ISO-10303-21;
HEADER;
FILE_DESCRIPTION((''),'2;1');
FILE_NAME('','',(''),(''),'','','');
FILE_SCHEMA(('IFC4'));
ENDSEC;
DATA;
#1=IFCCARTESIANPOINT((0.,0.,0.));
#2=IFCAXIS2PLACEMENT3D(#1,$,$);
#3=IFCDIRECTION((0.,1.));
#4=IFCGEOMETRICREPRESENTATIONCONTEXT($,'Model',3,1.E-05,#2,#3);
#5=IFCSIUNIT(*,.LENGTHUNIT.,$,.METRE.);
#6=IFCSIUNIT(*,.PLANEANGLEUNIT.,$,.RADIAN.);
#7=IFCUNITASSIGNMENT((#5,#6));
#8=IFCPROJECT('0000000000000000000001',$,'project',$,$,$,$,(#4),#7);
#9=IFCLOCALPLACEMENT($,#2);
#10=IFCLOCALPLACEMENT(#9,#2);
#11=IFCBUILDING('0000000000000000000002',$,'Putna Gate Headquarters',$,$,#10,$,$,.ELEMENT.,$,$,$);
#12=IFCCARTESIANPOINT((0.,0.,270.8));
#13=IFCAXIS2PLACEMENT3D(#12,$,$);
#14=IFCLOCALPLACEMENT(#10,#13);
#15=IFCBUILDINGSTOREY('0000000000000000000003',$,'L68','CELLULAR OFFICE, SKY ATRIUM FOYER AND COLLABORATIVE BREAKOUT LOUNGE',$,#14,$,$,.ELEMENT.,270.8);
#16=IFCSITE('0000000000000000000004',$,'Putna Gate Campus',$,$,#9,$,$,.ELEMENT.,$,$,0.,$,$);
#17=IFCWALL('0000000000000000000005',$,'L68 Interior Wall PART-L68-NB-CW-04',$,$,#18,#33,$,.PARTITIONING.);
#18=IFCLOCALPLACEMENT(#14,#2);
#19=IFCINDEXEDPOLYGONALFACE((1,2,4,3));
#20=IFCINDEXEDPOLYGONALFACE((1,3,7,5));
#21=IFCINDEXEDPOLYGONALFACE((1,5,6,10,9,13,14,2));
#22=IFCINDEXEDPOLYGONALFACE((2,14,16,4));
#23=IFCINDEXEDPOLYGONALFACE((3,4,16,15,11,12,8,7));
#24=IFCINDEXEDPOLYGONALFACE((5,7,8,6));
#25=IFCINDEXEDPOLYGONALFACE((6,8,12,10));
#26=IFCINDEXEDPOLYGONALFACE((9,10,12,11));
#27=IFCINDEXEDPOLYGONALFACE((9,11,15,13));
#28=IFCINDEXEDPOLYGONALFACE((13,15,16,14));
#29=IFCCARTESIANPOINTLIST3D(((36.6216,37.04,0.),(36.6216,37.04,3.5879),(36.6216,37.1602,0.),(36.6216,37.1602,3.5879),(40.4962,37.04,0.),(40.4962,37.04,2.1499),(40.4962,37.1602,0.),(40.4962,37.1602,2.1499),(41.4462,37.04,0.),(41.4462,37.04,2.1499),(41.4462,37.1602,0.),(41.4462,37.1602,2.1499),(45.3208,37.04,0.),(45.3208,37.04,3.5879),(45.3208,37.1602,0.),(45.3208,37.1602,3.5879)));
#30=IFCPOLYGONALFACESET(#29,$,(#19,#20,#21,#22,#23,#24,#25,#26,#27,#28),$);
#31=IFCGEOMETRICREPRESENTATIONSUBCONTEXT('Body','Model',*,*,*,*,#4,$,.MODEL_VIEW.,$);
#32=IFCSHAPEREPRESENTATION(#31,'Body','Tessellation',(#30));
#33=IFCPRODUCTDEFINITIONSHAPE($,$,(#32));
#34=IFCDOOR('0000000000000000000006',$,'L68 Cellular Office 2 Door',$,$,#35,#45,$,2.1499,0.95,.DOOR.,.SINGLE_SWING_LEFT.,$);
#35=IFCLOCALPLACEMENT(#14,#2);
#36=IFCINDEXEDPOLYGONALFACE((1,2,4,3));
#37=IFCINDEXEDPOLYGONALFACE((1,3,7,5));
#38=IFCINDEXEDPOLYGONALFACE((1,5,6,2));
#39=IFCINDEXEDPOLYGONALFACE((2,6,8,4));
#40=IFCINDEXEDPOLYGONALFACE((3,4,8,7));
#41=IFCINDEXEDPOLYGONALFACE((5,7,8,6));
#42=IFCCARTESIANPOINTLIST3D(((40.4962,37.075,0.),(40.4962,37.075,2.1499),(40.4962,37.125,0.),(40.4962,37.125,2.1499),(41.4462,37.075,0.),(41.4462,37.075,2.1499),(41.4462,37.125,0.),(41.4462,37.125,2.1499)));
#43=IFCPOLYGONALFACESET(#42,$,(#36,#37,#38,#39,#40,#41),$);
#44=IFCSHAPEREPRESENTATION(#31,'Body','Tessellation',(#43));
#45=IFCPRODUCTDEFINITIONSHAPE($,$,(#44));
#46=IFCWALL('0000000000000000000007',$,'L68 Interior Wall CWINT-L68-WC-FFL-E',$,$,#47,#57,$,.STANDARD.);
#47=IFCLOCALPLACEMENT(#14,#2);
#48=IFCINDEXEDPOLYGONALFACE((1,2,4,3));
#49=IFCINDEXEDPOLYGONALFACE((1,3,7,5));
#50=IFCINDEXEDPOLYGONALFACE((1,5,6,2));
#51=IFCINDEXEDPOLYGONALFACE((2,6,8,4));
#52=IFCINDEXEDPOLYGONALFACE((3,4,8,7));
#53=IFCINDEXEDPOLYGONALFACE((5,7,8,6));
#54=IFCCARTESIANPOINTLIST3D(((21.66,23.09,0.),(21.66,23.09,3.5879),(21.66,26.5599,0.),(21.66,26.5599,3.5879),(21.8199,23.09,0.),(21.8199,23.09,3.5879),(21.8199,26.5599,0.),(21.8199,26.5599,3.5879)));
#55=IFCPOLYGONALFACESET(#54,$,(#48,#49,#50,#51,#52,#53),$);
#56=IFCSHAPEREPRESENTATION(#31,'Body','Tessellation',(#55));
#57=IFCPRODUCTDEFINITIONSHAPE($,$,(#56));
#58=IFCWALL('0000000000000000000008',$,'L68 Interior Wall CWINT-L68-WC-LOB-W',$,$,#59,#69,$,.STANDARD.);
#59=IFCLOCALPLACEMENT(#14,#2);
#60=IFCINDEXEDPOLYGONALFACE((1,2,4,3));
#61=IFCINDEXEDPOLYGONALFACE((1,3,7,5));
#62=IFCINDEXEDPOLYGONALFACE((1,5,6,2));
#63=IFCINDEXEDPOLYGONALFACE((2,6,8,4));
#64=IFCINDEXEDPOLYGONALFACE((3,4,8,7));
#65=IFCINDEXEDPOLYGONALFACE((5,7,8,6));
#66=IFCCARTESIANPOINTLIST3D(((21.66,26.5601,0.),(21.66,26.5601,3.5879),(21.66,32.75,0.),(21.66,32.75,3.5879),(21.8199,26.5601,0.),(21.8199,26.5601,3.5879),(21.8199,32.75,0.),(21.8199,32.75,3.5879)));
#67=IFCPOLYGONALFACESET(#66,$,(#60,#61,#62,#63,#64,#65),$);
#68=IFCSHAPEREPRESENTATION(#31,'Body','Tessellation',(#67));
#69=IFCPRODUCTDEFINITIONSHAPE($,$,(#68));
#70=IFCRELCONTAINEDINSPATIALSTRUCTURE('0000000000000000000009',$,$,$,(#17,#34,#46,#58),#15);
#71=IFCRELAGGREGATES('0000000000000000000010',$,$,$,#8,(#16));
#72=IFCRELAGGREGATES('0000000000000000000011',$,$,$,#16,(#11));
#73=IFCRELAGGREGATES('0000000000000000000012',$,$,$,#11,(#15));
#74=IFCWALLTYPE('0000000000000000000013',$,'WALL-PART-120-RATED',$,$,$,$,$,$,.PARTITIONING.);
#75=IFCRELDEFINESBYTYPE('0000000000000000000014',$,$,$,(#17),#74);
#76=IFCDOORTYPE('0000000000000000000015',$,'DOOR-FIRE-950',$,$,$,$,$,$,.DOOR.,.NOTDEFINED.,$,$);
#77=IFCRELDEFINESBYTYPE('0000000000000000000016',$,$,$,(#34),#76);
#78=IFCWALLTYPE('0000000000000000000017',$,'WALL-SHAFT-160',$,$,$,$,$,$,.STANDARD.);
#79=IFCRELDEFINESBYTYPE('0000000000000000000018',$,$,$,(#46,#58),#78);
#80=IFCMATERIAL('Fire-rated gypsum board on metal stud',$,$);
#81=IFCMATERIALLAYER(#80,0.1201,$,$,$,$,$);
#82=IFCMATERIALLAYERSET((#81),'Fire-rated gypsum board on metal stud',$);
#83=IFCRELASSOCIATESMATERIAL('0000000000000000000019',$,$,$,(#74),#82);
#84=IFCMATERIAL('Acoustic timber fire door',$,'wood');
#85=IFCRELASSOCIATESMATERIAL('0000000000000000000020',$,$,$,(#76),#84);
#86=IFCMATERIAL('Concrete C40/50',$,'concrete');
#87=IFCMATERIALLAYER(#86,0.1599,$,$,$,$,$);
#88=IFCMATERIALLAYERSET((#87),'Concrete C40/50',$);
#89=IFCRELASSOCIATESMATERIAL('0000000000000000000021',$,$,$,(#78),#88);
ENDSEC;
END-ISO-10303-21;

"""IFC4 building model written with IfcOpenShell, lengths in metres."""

from ifc_helpers import new_model, si_unit, direction, frame, frame_2d, origin, place, context, subcontext, project, spatial, rectangle, extrude, material, layer, layer_set, type_object, element, fill, save


model = new_model("IFC4")

# Units and contexts
model_context = context("Model", 3, precision=1e-05, world=origin(), true_north=direction((0.0, 1.0)))
body_context = subcontext(model_context, "Body", "Model", "MODEL_VIEW")
ifc_project = project(units=[si_unit("LENGTHUNIT", "METRE"), si_unit("PLANEANGLEUNIT", "RADIAN")], contexts=[model_context])

# Site, building, storey
site_placement = place(None, origin())
site = spatial("IfcSite", under=ifc_project, at=site_placement, Name="Putna Gate Campus", CompositionType="ELEMENT", RefElevation=0.0)
building_placement = place(site_placement, origin())
building = spatial("IfcBuilding", under=site, at=building_placement, Name="Putna Gate Headquarters", CompositionType="ELEMENT")
storey_placement = place(building_placement, frame((0.0, 0.0, 270.8)))
storey = spatial("IfcBuildingStorey", under=building, at=storey_placement, Name="L68", Description="CELLULAR OFFICE, SKY ATRIUM FOYER AND COLLABORATIVE BREAKOUT LOUNGE", CompositionType="ELEMENT", Elevation=270.8)

# Shared definitions
ifc_material_1 = material(Name="Fire-rated gypsum board on metal stud")
ifc_layer_1 = layer(ifc_material_1, 0.1201)
ifc_layer_set_1 = layer_set([ifc_layer_1], Name="Fire-rated gypsum board on metal stud")
wall_type_1 = type_object("IfcWallType", Name="WALL-PART-120-RATED", PredefinedType="PARTITIONING", material=ifc_layer_set_1)

# Wall, opening, door
ifc_material_2 = material(Name="Acoustic timber fire door", Category="wood")
door_type = type_object("IfcDoorType", Name="DOOR-FIRE-950", OperationType="NOTDEFINED", PredefinedType="DOOR", material=ifc_material_2)
wall_1_placement = place(storey_placement, frame((36.6216, 37.1001, 0.0), z_axis=(0.0, 0.0, 1.0), x_axis=(1.0, 0.0, 0.0)))
wall_1 = element("IfcWall", 1, at=wall_1_placement, inside=storey, type_object=wall_type_1, Name="L68 Interior Wall PART-L68-NB-CW-04", PredefinedType="PARTITIONING", context=body_context, shape_type="SweptSolid", body=[
    extrude(rectangle(XDim=8.6992, YDim=0.1201, at=frame_2d((4.3496, 0.0))), origin(), (0.0, 0.0, 1.0), 3.5879),
])
opening_1_placement = place(wall_1_placement, frame((3.8745, 0.0, 0.0)))
opening_1 = element("IfcOpeningElement", 2, at=opening_1_placement, cuts=wall_1, PredefinedType="OPENING", context=body_context, shape_type="SweptSolid", body=[
    extrude(rectangle(XDim=0.95, YDim=2.1499, at=frame_2d((0.4751, 1.075))), frame((0.0, 0.0701, 0.0), z_axis=(0.0, -1.0, 0.0), x_axis=(1.0, 0.0, 0.0)), (0.0, 0.0, 1.0), 0.1401),
])
door_1_placement = place(opening_1_placement, origin())
door_1 = element("IfcDoor", 3, at=door_1_placement, inside=storey, type_object=door_type, Name="L68 Cellular Office 2 Door", OperationType="SINGLE_SWING_LEFT", OverallHeight=2.1499, OverallWidth=0.95, PredefinedType="DOOR", context=body_context, shape_type="SweptSolid", body=[
    extrude(rectangle(XDim=0.95, YDim=2.1499, at=frame_2d((0.4751, 1.075))), frame((0.0, 0.0249, 0.0), z_axis=(0.0, -1.0, 0.0), x_axis=(1.0, 0.0, 0.0)), (0.0, 0.0, 1.0), 0.05),
])
fill(opening_1, door_1)

# Walls
ifc_material_3 = material(Name="Concrete C40/50", Category="concrete")
ifc_layer_2 = layer(ifc_material_3, 0.1599)
ifc_layer_set_2 = layer_set([ifc_layer_2], Name="Concrete C40/50")
wall_type_2 = type_object("IfcWallType", Name="WALL-SHAFT-160", PredefinedType="STANDARD", material=ifc_layer_set_2)
wall_2_placement = place(storey_placement, frame((21.74, 23.0901, 0.0), z_axis=(0.0, 0.0, 1.0), x_axis=(0.0, 1.0, 0.0)))
element("IfcWall", 4, at=wall_2_placement, inside=storey, type_object=wall_type_2, Name="L68 Interior Wall CWINT-L68-WC-FFL-E", PredefinedType="STANDARD", context=body_context, shape_type="SweptSolid", body=[
    extrude(rectangle(XDim=3.47, YDim=0.1599, at=frame_2d((1.7349, 0.0))), origin(), (0.0, 0.0, 1.0), 3.5879),
])
wall_3_placement = place(storey_placement, frame((21.74, 26.5601, 0.0), z_axis=(0.0, 0.0, 1.0), x_axis=(0.0, 1.0, 0.0)))
element("IfcWall", 5, at=wall_3_placement, inside=storey, type_object=wall_type_2, Name="L68 Interior Wall CWINT-L68-WC-LOB-W", PredefinedType="STANDARD", context=body_context, shape_type="SweptSolid", body=[
    extrude(rectangle(XDim=6.1899, YDim=0.1599, at=frame_2d((3.095, 0.0))), origin(), (0.0, 0.0, 1.0), 3.5879),
])

save(model, "model.ifc")
